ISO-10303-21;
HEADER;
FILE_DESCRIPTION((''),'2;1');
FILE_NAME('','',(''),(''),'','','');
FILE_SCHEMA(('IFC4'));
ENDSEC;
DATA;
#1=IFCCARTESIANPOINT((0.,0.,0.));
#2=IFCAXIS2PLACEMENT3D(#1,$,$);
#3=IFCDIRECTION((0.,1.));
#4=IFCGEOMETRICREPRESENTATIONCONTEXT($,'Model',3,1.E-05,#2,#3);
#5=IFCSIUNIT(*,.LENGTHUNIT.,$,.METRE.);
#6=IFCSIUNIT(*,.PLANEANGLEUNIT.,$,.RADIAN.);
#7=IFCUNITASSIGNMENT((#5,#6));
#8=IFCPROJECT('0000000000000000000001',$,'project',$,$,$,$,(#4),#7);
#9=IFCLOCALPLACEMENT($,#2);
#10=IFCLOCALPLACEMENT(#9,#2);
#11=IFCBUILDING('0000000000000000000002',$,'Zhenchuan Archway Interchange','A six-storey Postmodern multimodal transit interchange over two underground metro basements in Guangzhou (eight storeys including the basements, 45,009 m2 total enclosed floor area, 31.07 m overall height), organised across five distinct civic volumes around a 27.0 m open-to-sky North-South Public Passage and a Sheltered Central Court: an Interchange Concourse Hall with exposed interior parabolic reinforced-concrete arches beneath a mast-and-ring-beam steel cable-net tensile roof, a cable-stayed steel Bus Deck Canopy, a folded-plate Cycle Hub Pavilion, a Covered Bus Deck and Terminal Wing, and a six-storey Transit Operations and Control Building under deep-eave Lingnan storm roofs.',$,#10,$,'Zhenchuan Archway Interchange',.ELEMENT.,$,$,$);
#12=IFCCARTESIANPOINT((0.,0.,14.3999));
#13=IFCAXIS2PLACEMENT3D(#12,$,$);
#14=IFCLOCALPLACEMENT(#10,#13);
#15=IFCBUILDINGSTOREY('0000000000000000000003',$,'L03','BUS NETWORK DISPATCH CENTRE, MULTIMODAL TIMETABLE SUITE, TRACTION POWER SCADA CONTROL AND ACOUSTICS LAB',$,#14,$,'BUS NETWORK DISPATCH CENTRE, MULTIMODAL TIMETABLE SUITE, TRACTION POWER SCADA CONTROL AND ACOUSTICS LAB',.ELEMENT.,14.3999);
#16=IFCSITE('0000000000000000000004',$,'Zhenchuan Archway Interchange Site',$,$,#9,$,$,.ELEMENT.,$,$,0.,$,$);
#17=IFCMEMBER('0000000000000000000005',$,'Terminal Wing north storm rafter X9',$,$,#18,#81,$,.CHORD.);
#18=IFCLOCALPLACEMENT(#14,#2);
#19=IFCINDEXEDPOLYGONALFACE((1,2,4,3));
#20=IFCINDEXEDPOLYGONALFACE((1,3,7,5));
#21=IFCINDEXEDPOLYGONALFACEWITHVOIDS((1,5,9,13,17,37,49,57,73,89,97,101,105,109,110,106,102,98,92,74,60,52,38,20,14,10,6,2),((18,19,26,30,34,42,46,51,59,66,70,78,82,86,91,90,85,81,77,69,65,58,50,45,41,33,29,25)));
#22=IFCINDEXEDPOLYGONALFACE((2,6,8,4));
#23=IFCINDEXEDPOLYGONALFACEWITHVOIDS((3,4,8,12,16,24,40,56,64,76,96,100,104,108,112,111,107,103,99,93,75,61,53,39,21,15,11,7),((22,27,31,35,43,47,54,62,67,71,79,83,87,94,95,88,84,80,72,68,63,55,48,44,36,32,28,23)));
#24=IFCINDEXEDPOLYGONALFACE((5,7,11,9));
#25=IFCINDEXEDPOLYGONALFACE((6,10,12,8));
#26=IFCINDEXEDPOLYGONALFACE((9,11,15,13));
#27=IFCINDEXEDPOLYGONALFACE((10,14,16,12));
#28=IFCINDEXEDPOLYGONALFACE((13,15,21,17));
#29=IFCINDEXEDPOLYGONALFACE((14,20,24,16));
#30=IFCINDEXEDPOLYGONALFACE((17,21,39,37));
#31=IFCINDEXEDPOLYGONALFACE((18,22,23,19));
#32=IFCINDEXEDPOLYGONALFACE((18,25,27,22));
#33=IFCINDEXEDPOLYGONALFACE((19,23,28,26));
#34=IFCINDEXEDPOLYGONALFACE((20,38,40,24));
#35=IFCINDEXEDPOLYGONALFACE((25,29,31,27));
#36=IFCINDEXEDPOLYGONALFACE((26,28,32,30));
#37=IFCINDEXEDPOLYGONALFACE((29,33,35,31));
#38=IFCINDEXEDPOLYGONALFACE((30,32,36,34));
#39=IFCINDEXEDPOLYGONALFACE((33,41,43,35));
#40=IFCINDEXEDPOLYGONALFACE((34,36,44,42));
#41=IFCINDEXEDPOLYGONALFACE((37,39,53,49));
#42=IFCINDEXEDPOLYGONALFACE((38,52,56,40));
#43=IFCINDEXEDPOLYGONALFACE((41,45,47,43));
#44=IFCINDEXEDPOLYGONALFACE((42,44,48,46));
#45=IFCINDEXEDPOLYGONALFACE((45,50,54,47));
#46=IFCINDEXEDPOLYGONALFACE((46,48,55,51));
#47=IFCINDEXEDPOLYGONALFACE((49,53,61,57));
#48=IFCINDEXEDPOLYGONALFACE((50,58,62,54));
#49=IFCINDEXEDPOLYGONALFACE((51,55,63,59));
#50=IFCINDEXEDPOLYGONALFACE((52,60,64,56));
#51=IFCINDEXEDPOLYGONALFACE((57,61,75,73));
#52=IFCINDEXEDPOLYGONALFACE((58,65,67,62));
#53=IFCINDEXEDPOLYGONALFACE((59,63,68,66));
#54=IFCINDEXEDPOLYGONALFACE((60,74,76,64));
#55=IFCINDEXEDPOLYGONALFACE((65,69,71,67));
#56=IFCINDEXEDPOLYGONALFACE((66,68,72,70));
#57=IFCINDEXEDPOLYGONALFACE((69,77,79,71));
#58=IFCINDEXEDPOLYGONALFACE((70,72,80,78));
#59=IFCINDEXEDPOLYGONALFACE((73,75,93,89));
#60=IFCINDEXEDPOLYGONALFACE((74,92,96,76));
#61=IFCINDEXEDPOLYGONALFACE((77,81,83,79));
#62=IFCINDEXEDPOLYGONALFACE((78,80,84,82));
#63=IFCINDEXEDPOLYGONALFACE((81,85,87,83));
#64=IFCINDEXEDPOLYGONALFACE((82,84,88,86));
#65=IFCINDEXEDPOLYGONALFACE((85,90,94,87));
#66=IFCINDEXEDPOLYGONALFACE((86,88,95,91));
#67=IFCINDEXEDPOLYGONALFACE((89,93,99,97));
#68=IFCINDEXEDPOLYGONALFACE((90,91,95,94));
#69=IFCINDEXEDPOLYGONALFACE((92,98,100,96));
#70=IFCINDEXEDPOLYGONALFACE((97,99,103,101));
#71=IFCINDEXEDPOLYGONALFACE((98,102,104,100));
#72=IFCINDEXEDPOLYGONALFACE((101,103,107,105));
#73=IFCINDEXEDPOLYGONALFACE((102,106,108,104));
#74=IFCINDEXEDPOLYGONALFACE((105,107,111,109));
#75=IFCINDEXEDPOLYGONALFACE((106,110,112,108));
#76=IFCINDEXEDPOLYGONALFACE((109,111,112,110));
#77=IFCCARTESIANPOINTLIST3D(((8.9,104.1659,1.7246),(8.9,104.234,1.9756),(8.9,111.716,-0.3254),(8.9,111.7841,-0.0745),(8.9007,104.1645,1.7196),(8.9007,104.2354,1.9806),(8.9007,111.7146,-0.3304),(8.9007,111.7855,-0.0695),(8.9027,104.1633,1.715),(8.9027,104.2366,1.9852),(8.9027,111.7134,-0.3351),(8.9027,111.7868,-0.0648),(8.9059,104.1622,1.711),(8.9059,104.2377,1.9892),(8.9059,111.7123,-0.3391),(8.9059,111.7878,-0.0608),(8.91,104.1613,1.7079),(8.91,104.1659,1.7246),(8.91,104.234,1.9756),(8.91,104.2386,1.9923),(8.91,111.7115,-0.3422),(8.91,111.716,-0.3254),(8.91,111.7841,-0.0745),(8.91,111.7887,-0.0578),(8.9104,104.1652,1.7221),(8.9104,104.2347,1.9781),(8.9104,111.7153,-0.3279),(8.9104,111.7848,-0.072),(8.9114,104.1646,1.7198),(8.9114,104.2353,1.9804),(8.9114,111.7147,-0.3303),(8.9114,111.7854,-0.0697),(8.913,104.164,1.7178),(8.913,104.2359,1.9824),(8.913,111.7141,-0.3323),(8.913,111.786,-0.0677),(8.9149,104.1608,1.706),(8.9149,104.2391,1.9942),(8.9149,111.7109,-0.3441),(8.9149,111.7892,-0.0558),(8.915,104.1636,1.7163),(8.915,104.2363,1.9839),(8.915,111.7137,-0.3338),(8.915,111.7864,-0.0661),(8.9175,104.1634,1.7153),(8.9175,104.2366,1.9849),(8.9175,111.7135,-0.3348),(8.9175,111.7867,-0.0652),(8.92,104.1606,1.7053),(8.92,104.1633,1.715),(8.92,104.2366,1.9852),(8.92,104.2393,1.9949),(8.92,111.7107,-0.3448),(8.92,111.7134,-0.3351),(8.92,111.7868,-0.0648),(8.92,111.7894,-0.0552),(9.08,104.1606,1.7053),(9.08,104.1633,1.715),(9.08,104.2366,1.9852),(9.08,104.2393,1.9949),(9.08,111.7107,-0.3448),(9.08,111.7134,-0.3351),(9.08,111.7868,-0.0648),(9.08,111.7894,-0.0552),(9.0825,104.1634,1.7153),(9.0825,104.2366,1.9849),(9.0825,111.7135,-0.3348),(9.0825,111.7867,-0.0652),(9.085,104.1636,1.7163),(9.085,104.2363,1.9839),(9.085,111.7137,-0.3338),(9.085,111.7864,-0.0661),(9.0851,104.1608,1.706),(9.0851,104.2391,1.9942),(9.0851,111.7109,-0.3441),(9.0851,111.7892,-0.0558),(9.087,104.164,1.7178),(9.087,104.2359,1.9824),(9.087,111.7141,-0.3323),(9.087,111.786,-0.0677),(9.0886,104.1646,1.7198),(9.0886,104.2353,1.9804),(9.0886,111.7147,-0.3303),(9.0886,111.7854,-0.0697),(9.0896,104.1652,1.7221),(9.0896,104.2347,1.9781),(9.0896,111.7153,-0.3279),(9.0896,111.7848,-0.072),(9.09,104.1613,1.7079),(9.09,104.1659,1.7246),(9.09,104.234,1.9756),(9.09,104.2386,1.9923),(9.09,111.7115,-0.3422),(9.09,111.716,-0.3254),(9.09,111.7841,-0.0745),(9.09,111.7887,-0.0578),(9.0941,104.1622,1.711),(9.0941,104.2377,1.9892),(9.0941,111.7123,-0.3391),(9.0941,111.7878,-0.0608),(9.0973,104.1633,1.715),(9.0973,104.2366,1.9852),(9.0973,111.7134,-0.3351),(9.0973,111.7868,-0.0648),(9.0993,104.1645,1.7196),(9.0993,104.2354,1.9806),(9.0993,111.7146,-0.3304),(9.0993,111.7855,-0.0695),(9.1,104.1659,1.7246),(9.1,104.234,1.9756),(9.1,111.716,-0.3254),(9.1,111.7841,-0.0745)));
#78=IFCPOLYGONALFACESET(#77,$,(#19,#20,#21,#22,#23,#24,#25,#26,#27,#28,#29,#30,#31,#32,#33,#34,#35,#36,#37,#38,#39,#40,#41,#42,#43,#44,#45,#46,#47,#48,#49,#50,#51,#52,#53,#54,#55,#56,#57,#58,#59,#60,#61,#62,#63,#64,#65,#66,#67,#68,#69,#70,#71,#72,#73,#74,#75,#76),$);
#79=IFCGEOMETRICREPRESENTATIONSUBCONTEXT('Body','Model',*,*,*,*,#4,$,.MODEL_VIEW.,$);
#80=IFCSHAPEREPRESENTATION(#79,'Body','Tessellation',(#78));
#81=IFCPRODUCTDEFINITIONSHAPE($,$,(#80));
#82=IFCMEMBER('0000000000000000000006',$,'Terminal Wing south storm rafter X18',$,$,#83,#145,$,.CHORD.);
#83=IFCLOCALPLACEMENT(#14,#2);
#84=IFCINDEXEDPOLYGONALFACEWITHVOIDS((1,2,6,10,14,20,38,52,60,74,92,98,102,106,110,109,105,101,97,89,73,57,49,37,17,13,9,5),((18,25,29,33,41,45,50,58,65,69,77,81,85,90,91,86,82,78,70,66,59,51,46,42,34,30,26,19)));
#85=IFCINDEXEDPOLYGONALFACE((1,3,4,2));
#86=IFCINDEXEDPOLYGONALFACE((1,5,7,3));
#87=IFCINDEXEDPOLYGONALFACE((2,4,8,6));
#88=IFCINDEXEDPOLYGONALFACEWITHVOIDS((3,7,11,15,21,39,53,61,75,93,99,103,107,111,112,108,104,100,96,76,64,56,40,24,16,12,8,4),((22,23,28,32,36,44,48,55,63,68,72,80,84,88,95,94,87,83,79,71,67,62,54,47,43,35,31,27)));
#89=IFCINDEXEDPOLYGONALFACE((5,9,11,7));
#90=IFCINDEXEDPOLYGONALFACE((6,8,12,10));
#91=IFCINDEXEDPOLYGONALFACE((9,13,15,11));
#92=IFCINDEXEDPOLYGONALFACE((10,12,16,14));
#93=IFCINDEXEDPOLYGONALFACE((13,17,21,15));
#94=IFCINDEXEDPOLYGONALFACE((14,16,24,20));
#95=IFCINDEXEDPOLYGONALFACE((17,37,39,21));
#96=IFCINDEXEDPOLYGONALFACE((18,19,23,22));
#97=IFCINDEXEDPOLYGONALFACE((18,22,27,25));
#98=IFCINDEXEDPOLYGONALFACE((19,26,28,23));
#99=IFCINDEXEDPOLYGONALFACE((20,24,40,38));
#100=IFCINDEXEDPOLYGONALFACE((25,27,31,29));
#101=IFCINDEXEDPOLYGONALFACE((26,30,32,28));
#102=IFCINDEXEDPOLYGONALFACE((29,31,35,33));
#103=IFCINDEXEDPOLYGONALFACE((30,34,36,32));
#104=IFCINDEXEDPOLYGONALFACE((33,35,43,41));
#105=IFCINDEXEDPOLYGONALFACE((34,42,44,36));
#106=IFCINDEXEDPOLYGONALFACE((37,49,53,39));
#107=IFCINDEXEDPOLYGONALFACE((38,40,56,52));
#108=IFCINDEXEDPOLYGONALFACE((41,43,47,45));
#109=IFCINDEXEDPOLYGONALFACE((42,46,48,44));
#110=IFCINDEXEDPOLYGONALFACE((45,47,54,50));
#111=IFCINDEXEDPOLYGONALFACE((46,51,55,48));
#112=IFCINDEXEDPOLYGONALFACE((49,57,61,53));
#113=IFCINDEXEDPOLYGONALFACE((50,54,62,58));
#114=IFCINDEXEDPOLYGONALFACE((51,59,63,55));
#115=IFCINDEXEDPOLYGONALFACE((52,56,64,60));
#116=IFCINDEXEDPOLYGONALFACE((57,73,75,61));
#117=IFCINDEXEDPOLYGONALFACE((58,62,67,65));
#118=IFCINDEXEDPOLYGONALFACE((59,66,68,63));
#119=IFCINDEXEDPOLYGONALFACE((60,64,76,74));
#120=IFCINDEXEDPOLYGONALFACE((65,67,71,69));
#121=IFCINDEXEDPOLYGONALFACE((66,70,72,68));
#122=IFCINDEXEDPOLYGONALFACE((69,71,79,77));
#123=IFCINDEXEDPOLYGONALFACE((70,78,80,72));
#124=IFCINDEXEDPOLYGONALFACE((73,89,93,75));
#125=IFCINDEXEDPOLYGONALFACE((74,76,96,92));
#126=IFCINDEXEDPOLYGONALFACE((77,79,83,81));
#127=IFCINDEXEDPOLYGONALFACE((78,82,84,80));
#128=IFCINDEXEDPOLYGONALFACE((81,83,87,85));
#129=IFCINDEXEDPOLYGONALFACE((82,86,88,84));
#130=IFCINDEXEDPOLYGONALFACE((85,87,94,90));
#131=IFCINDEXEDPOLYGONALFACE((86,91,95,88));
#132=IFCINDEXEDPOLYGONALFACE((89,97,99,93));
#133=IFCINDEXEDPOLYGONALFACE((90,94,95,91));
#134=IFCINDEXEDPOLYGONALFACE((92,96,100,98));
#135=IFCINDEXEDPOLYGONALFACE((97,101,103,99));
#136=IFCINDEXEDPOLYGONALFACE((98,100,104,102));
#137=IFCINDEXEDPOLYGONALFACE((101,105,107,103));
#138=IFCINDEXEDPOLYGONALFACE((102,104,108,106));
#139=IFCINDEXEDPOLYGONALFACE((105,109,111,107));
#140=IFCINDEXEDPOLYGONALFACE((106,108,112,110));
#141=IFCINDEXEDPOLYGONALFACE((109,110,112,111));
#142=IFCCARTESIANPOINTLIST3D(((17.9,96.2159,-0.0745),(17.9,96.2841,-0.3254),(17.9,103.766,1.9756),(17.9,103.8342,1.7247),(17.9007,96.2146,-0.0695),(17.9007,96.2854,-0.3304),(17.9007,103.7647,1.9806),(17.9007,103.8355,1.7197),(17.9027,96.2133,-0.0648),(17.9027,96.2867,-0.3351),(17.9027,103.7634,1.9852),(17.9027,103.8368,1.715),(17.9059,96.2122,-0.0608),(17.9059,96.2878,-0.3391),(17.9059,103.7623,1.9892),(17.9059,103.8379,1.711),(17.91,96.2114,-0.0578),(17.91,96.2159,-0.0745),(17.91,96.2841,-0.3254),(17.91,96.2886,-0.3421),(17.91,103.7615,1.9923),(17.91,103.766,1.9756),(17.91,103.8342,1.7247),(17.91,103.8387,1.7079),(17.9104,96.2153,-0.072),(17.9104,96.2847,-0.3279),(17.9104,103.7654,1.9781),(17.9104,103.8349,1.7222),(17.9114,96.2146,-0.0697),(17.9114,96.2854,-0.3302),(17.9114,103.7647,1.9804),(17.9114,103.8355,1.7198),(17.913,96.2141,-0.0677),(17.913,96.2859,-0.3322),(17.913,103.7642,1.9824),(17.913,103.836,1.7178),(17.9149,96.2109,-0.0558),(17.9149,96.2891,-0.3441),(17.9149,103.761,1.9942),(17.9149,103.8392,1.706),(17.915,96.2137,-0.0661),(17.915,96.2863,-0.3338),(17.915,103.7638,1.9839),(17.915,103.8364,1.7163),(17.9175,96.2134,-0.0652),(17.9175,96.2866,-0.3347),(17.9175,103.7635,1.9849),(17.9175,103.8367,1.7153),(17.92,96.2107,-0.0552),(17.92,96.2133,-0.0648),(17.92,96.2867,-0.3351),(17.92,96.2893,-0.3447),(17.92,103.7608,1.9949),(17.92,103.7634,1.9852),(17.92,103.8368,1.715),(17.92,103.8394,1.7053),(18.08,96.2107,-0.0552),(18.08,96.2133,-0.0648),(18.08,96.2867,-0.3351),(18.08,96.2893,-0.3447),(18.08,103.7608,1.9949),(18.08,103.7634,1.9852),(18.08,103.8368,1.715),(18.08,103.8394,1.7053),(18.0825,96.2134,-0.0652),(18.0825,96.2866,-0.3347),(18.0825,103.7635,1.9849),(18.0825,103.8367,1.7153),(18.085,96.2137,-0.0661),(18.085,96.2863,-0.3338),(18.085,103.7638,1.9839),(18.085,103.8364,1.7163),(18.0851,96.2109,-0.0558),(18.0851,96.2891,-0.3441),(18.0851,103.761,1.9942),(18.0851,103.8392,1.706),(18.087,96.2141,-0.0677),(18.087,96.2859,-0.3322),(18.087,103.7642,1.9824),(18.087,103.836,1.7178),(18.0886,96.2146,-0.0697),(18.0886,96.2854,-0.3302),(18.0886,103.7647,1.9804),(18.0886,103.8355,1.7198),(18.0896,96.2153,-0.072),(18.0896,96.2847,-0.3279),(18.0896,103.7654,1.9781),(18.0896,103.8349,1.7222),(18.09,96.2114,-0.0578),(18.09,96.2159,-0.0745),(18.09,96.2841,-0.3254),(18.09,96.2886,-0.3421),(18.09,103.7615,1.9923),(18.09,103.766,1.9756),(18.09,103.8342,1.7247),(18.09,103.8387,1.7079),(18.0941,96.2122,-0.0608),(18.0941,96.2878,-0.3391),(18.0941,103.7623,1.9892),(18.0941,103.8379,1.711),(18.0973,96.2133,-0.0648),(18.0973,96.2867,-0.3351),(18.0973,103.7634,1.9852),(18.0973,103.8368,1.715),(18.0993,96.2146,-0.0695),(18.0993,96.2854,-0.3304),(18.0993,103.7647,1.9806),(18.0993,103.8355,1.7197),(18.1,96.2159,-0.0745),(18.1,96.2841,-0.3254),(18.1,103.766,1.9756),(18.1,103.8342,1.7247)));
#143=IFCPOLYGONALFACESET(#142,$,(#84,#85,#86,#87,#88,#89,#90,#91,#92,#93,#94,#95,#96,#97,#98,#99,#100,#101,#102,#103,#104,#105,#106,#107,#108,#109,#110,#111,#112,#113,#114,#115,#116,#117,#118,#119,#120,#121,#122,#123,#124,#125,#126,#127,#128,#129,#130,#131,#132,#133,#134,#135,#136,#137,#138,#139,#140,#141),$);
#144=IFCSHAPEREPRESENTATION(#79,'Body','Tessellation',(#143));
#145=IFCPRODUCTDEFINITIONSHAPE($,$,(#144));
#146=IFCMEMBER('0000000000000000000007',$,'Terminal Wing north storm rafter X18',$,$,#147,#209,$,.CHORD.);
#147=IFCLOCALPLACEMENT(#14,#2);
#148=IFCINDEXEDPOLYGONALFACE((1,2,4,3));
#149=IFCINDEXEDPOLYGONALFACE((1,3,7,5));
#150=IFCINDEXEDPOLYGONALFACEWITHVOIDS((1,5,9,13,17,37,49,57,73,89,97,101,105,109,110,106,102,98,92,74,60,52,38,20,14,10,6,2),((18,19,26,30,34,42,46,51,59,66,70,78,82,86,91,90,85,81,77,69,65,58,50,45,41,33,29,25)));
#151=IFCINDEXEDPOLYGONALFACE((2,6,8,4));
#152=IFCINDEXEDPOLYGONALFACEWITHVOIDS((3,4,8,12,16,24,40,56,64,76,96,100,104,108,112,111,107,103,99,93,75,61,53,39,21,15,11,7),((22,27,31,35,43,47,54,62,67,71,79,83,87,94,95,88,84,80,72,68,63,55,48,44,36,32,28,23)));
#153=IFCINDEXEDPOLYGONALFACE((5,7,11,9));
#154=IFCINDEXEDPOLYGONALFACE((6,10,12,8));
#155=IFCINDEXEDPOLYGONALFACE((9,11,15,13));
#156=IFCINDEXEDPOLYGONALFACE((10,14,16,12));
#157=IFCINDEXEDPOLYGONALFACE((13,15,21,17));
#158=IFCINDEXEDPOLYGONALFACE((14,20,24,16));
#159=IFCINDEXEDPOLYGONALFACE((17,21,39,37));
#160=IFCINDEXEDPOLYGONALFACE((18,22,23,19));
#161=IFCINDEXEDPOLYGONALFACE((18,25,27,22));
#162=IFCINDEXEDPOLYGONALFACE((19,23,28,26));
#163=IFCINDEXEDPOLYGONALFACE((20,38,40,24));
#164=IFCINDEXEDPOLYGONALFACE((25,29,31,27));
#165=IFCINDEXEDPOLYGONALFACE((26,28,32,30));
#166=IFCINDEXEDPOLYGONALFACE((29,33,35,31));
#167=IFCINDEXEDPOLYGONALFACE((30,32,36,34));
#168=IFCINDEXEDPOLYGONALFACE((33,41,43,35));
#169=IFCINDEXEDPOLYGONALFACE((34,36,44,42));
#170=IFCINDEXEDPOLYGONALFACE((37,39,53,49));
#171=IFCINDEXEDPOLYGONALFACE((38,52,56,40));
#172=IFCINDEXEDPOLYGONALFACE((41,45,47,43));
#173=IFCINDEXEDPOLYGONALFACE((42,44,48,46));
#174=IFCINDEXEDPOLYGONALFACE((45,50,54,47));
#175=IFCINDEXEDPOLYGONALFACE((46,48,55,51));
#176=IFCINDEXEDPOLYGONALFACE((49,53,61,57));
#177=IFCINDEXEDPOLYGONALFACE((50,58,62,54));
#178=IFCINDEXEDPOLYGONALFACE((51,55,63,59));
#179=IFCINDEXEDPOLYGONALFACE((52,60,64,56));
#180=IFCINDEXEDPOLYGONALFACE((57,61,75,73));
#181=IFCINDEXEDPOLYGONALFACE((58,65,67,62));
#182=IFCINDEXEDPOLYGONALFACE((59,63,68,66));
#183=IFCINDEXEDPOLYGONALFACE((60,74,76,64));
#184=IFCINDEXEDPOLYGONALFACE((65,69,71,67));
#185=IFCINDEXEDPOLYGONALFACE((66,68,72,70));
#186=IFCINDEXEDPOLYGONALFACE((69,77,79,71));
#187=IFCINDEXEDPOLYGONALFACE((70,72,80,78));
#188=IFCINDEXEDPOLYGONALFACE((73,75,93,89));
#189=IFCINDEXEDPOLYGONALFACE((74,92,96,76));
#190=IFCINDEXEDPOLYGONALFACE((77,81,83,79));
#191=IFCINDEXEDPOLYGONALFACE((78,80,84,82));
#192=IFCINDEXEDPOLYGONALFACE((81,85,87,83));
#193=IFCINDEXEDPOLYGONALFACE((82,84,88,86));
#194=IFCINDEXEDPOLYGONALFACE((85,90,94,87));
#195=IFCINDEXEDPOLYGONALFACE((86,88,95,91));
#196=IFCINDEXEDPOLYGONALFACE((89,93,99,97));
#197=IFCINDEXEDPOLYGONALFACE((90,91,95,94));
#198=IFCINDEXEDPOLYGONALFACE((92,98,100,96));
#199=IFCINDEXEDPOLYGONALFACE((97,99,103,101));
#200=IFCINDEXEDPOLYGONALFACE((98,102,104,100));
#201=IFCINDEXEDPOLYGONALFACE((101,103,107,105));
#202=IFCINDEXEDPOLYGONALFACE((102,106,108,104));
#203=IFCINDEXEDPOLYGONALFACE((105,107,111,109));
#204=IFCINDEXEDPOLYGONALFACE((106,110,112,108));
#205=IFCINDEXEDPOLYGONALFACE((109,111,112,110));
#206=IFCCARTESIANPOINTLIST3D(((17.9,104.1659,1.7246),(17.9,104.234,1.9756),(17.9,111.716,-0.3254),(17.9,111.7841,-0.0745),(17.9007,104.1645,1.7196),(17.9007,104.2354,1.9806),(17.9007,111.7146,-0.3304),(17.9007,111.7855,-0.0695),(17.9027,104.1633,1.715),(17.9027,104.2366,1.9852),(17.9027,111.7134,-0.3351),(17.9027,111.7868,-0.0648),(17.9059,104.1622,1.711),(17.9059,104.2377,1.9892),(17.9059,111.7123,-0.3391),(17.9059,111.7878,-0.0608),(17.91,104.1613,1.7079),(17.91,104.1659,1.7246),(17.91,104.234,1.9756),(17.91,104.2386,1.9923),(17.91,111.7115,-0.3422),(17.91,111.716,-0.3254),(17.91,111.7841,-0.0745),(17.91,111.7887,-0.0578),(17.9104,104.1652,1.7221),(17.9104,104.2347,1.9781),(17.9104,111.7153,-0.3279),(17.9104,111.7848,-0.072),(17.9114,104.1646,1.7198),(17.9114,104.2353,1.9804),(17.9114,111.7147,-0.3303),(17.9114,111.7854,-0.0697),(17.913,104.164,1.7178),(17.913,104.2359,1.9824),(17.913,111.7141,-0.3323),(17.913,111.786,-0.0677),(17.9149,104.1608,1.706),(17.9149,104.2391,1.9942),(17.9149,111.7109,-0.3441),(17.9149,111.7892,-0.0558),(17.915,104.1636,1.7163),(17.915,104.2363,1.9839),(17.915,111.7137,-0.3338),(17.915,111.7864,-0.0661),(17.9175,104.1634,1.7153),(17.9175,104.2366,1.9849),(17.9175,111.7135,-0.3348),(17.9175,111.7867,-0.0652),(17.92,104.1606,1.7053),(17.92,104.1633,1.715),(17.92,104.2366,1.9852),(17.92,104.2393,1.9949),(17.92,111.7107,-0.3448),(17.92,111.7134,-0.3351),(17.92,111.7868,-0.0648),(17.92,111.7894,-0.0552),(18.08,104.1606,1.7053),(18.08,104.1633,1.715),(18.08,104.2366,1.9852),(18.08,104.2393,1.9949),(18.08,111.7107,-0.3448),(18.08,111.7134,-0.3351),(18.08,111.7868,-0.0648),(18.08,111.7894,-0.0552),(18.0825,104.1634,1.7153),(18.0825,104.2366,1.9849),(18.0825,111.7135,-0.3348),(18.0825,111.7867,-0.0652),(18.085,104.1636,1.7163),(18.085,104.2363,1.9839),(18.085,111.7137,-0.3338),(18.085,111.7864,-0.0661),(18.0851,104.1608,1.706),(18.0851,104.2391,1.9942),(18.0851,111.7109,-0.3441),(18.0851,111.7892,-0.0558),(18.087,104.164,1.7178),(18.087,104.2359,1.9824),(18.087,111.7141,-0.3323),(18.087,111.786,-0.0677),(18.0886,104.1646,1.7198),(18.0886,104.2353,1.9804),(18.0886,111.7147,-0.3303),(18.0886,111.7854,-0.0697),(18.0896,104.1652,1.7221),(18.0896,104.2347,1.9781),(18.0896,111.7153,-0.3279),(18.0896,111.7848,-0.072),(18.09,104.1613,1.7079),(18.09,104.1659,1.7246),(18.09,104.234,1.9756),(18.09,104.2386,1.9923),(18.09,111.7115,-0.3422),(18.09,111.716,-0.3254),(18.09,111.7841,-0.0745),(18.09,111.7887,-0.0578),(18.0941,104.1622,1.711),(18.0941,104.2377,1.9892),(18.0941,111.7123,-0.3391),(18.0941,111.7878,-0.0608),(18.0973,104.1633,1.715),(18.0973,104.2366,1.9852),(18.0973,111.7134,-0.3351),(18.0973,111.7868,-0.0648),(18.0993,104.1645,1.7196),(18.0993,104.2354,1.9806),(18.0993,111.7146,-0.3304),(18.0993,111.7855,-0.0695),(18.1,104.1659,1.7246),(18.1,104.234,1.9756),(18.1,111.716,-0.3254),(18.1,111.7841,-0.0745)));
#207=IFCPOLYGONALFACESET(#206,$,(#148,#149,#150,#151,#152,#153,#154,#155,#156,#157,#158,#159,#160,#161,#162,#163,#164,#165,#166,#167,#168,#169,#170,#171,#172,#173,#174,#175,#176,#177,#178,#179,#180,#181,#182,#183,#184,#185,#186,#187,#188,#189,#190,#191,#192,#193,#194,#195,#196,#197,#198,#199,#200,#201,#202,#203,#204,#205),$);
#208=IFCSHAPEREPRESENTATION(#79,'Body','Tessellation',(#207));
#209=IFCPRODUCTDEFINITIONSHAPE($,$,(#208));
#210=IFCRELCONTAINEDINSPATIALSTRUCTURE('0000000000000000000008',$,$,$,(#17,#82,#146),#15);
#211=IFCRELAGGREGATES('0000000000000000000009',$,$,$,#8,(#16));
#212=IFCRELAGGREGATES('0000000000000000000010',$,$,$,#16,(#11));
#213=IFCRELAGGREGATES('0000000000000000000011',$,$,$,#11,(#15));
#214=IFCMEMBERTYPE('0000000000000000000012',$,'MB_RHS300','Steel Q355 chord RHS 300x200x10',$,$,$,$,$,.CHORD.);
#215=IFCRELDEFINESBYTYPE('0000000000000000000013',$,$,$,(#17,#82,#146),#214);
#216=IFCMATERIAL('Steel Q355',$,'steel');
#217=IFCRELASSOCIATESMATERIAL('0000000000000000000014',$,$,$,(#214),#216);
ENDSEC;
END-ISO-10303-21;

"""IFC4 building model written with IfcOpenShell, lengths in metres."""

from ifc_helpers import new_model, si_unit, direction, frame, origin, origin_2d, place, context, subcontext, project, spatial, hollow_rectangle, extrude, material, material_profile, profile_set, type_object, element, save


model = new_model("IFC4")

# Units and contexts
model_context = context("Model", 3, precision=1e-05, world=origin(), true_north=direction((0.0, 1.0)))
body_context = subcontext(model_context, "Body", "Model", "MODEL_VIEW")
ifc_project = project(units=[si_unit("LENGTHUNIT", "METRE"), si_unit("PLANEANGLEUNIT", "RADIAN")], contexts=[model_context])

# Site, building, storey
site_placement = place(None, origin())
site = spatial("IfcSite", under=ifc_project, at=site_placement, Name="Zhenchuan Archway Interchange Site", CompositionType="ELEMENT", RefElevation=0.0)
building_placement = place(site_placement, origin())
building = spatial("IfcBuilding", under=site, at=building_placement, Name="Zhenchuan Archway Interchange", Description="A six-storey Postmodern multimodal transit interchange over two underground metro basements in Guangzhou (eight storeys including the basements, 45,009 m2 total enclosed floor area, 31.07 m overall height), organised across five distinct civic volumes around a 27.0 m open-to-sky North-South Public Passage and a Sheltered Central Court: an Interchange Concourse Hall with exposed interior parabolic reinforced-concrete arches beneath a mast-and-ring-beam steel cable-net tensile roof, a cable-stayed steel Bus Deck Canopy, a folded-plate Cycle Hub Pavilion, a Covered Bus Deck and Terminal Wing, and a six-storey Transit Operations and Control Building under deep-eave Lingnan storm roofs.", LongName="Zhenchuan Archway Interchange", CompositionType="ELEMENT")
storey_placement = place(building_placement, frame((0.0, 0.0, 14.3999)))
storey = spatial("IfcBuildingStorey", under=building, at=storey_placement, Name="L03", Description="BUS NETWORK DISPATCH CENTRE, MULTIMODAL TIMETABLE SUITE, TRACTION POWER SCADA CONTROL AND ACOUSTICS LAB", LongName="BUS NETWORK DISPATCH CENTRE, MULTIMODAL TIMETABLE SUITE, TRACTION POWER SCADA CONTROL AND ACOUSTICS LAB", CompositionType="ELEMENT", Elevation=14.3999)

# Shared definitions
ifc_material_1 = material(Name="Steel Q355", Category="steel")

# Members
ifc_material_profile_1 = material_profile(ifc_material_1, hollow_rectangle(XDim=0.2, YDim=0.3, WallThickness=0.01, InnerFilletRadius=0.01, OuterFilletRadius=0.02, at=origin_2d()), Name="RHS 300x200x10")
ifc_profile_set_1 = profile_set([ifc_material_profile_1], Name="Steel Q355")
member_type_1 = type_object("IfcMemberType", Name="MB_RHS300", Description="Steel Q355 chord RHS 300x200x10", PredefinedType="CHORD", material=ifc_profile_set_1)
for number, where, z_axis, x_axis, name in (
    (1, (9.0, 104.2, 1.8501), (0.0, 0.965057, -0.26204), (-1.0, 0.0, 0.0), "Terminal Wing north storm rafter X9"),
    (2, (18.0, 96.25, -0.2), (0.0, 0.965057, 0.26204), (-1.0, 0.0, 0.0), "Terminal Wing south storm rafter X18"),
    (3, (18.0, 104.2, 1.8501), (0.0, 0.965057, -0.26204), (-1.0, 0.0, 0.0), "Terminal Wing north storm rafter X18"),
):
    element("IfcMember", number, at=place(storey_placement, frame(where, z_axis=z_axis, x_axis=x_axis)), inside=storey, type_object=member_type_1, Name=name, PredefinedType="CHORD", context=body_context, shape_type="SweptSolid", body=[
        extrude(hollow_rectangle(XDim=0.2, YDim=0.3, WallThickness=0.01, InnerFilletRadius=0.01, OuterFilletRadius=0.02, at=origin_2d()), origin(), (0.0, 0.0, 1.0), 7.8235),
    ])

save(model, "model.ifc")
